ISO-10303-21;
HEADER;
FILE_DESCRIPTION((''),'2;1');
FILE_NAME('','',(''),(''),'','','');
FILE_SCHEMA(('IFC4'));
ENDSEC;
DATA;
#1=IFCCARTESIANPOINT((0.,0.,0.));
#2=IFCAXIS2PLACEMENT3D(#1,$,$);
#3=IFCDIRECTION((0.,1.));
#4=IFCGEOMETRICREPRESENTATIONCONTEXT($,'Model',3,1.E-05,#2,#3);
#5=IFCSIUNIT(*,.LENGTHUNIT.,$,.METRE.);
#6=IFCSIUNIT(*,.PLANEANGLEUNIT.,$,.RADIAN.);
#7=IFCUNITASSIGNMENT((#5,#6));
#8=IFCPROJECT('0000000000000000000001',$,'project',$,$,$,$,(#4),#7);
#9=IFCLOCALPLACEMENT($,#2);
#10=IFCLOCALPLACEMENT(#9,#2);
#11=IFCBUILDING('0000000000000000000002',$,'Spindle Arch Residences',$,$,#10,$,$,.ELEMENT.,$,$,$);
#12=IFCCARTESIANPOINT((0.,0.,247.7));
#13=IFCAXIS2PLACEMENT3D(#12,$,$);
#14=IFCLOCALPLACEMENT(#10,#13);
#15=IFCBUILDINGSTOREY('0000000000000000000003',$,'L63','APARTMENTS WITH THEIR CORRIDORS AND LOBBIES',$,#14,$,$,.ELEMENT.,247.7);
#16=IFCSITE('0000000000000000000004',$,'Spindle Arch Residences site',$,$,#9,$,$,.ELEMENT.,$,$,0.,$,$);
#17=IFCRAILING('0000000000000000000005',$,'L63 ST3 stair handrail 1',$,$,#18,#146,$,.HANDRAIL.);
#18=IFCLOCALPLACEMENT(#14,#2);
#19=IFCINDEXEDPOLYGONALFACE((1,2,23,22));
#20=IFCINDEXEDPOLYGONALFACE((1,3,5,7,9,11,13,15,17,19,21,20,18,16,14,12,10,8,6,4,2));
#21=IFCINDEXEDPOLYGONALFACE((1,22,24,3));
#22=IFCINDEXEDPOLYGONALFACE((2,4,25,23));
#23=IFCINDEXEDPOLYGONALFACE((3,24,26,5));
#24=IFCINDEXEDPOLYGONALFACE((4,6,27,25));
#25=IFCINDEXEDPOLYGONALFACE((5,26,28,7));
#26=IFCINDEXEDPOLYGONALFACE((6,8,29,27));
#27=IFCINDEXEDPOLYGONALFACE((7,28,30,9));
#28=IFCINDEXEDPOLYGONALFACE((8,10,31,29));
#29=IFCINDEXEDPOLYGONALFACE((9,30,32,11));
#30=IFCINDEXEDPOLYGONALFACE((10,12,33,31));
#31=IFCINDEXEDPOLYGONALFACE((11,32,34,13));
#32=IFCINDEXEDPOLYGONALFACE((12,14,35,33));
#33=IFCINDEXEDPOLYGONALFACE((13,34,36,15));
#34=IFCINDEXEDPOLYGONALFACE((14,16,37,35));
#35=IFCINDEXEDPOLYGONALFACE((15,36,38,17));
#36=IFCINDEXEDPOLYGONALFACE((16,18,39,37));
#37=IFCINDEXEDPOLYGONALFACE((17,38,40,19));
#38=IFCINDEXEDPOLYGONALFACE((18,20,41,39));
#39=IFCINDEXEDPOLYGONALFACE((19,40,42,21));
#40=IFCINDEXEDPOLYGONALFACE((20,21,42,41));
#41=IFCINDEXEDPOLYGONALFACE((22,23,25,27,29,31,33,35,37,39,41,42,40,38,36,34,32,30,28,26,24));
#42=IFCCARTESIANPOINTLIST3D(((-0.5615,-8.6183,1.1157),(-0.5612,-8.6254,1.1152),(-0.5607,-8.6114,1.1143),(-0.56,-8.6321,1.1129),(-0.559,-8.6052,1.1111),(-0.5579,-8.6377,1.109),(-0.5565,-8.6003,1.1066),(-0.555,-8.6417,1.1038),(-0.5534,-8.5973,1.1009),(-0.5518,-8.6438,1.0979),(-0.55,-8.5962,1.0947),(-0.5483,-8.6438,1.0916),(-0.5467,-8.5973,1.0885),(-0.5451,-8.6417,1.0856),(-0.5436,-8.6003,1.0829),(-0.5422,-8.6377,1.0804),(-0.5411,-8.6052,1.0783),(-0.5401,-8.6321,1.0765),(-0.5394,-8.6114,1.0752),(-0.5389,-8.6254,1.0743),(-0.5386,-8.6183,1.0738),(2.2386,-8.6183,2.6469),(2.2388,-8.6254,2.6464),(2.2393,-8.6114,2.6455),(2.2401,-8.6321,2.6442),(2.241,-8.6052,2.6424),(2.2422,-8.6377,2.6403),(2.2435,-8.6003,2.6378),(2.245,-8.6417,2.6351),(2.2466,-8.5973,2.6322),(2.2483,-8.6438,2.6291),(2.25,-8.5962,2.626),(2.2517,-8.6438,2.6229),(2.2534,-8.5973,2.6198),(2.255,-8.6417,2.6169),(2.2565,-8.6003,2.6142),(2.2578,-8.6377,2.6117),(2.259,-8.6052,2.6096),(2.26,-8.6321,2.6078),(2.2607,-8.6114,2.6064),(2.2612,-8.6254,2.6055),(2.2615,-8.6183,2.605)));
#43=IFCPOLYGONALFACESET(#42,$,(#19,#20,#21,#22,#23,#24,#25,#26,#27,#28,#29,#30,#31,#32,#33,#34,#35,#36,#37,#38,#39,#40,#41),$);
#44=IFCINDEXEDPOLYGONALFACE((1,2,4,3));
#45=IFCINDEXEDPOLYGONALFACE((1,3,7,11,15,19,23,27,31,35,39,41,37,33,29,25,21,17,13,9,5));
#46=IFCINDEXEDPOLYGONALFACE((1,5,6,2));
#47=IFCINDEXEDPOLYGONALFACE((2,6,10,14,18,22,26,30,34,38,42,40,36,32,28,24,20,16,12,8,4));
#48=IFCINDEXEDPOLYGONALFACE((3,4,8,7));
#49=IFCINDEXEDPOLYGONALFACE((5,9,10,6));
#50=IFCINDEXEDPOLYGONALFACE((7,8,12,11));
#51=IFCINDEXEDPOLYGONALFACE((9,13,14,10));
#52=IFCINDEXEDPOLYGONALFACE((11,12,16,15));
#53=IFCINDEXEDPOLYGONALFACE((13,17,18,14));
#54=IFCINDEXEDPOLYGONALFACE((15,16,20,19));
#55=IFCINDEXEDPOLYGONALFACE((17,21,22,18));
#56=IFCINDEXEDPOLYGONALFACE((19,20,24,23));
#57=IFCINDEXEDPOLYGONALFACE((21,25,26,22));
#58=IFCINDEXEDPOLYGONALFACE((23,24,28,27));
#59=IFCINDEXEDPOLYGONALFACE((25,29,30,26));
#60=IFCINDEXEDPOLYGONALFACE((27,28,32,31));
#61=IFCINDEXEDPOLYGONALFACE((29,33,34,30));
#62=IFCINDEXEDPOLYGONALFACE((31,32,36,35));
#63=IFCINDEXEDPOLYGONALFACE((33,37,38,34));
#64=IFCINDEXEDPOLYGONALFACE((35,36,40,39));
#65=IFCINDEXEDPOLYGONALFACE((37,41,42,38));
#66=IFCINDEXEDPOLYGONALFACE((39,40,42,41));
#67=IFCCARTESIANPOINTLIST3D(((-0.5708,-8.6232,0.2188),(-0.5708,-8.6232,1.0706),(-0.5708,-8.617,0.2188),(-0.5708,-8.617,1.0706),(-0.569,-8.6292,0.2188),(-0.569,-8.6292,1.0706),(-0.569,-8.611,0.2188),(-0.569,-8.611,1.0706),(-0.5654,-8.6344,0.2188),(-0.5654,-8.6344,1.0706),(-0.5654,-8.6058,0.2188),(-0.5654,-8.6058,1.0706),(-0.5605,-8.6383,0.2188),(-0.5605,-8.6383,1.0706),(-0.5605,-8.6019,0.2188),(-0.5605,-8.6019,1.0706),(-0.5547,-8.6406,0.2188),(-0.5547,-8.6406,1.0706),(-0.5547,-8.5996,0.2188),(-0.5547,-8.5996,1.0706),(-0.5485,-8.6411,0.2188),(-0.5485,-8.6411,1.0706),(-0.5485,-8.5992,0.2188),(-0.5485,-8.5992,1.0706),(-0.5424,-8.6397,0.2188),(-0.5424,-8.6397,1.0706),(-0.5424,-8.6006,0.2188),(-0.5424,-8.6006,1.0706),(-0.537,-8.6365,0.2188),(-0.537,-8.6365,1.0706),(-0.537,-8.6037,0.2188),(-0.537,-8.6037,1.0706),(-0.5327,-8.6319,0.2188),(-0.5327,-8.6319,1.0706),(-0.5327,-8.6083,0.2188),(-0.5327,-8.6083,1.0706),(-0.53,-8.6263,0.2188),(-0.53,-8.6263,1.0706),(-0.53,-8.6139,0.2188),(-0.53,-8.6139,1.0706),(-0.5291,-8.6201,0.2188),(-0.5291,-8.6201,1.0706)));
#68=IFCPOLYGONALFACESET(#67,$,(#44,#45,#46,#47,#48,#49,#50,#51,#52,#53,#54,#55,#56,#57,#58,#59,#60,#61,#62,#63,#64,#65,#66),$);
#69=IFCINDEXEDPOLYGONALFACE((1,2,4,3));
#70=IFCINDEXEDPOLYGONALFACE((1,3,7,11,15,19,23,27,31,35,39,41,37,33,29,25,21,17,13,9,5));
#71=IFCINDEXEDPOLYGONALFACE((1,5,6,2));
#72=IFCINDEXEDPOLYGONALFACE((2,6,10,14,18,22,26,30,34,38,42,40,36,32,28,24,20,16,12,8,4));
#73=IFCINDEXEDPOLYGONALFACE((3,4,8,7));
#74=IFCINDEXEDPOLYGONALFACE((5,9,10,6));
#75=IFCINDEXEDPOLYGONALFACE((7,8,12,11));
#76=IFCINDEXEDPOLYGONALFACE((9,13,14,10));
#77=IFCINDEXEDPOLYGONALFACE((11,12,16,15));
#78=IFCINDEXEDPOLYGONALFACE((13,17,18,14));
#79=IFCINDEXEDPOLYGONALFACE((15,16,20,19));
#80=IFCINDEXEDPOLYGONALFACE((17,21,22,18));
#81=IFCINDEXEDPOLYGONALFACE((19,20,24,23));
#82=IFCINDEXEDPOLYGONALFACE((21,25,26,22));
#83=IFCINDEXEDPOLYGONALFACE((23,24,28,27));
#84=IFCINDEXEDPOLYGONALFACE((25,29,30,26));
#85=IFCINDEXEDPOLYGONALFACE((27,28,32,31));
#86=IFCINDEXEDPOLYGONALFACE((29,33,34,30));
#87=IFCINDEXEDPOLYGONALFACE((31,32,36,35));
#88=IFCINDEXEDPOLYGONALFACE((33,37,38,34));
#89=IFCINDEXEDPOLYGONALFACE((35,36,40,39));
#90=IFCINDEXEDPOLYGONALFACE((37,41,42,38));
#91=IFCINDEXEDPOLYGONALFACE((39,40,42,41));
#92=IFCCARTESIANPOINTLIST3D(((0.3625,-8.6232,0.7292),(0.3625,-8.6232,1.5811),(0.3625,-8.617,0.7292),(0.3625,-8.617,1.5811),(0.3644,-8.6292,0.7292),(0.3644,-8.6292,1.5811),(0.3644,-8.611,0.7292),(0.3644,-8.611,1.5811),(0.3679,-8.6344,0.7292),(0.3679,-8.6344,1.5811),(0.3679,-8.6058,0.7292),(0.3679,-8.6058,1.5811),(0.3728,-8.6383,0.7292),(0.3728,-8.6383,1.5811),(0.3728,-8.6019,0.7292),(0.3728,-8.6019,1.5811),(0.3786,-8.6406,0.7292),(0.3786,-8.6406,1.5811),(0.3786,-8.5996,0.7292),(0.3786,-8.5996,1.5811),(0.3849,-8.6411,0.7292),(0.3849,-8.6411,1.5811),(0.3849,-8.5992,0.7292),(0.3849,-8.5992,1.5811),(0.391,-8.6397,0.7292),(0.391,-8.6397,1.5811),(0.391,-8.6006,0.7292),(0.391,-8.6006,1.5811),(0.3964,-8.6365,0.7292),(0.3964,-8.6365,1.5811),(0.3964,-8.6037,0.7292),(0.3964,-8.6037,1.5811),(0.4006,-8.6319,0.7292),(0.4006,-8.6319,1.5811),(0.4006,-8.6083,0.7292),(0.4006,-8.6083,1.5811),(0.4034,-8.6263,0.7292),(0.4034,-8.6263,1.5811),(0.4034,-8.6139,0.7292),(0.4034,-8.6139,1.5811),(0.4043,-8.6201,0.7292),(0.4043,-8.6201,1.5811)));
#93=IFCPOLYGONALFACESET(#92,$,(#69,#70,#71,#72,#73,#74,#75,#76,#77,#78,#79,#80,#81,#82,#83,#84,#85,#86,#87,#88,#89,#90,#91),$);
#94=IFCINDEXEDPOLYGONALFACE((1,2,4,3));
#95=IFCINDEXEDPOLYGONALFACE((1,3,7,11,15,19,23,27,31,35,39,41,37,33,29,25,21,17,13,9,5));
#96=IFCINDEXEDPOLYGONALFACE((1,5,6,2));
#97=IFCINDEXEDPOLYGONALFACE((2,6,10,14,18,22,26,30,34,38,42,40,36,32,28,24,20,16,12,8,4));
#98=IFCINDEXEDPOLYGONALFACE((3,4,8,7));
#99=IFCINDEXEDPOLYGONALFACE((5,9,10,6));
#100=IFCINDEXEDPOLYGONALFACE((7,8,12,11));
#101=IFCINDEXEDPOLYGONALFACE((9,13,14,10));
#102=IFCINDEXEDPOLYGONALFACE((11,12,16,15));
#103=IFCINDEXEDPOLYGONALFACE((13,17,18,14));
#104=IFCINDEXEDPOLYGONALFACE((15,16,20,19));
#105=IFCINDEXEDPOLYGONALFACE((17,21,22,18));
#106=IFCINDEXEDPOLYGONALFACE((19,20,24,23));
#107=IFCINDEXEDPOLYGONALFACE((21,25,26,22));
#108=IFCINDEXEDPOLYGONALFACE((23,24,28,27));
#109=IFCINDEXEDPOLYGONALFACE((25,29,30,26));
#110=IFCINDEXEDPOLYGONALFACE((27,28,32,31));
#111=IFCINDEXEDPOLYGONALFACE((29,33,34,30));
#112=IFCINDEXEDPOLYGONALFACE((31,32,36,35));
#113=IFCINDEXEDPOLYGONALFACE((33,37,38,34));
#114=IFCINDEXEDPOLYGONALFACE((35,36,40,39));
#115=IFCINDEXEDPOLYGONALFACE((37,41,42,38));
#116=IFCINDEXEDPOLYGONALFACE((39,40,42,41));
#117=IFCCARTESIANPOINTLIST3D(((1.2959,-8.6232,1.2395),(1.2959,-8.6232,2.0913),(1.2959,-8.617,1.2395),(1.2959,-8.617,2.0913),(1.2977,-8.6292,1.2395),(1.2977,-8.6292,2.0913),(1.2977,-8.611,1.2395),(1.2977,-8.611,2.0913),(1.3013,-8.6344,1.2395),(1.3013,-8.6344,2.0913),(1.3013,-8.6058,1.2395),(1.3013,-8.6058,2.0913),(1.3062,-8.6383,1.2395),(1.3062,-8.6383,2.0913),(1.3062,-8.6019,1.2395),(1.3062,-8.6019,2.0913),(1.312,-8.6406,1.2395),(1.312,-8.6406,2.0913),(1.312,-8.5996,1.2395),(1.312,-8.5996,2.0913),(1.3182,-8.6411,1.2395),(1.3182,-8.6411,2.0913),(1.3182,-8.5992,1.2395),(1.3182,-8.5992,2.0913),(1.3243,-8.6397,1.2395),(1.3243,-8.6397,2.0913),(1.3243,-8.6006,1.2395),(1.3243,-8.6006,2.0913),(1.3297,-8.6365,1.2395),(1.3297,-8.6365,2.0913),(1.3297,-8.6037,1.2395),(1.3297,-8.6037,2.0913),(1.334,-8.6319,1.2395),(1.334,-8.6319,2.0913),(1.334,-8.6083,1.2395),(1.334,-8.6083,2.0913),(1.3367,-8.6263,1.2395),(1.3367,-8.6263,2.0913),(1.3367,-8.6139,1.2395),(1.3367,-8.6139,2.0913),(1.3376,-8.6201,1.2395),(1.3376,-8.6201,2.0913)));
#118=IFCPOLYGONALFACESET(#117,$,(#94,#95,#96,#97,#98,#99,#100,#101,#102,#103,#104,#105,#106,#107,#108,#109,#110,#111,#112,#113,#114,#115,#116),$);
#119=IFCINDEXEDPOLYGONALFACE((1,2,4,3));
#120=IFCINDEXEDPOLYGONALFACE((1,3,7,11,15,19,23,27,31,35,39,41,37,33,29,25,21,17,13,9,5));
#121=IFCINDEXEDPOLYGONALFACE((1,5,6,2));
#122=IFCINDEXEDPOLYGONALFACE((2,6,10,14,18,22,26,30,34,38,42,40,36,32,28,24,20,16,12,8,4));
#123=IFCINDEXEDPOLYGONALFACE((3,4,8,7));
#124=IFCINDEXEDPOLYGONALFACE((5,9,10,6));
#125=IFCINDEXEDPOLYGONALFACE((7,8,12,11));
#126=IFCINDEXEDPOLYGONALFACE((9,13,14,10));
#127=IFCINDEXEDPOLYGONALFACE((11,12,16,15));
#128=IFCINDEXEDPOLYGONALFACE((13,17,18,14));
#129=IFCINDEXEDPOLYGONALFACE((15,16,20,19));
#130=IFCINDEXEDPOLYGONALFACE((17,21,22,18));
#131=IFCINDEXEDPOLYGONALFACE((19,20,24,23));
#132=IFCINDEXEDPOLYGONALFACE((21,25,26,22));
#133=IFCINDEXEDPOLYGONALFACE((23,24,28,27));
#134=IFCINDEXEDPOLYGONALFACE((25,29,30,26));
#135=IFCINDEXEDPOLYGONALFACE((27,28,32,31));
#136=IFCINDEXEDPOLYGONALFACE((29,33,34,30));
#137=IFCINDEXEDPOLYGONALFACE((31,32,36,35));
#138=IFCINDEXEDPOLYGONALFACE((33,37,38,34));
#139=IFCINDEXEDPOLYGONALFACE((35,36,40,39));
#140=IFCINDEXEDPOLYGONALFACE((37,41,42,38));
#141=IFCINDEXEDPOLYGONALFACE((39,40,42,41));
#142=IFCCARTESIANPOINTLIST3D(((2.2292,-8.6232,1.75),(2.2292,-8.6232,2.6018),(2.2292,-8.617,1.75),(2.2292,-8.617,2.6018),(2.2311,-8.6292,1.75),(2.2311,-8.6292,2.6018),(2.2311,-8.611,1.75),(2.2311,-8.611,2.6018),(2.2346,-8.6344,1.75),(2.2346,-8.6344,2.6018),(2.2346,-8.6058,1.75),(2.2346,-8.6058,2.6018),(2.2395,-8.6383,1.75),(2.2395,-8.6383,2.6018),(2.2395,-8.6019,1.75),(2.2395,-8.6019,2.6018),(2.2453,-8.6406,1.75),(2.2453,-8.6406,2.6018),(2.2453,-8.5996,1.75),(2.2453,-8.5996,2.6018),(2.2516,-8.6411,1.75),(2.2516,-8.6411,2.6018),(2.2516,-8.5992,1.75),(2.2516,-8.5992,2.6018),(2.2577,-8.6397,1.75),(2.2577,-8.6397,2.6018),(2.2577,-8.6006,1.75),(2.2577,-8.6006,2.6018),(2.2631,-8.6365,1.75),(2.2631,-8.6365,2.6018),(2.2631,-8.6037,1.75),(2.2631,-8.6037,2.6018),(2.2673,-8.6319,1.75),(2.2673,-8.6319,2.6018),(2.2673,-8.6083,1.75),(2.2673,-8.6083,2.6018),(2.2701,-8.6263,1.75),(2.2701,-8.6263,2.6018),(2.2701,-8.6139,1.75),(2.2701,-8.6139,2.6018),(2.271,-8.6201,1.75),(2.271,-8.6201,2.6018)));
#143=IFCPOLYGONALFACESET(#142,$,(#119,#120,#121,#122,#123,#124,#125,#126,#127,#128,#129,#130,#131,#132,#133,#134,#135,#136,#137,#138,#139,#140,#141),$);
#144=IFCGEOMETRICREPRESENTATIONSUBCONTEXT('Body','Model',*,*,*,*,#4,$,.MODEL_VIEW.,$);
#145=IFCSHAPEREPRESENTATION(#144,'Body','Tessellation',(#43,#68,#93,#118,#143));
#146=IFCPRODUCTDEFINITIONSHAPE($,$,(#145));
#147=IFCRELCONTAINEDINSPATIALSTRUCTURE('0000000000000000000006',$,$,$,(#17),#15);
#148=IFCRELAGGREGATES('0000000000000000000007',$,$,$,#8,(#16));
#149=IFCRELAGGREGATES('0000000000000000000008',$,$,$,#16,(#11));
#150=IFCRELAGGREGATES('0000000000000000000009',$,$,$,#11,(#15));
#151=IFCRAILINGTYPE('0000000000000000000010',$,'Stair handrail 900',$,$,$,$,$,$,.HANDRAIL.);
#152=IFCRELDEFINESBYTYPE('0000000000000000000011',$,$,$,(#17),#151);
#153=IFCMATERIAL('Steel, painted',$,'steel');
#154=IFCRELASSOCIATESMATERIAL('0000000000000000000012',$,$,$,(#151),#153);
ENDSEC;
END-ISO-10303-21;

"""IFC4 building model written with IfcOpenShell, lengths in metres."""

from ifc_helpers import new_model, si_unit, direction, frame, origin, origin_2d, place, context, subcontext, project, spatial, circle, extrude, material, type_object, element, save


model = new_model("IFC4")

# Units and contexts
model_context = context("Model", 3, precision=1e-05, world=origin(), true_north=direction((0.0, 1.0)))
body_context = subcontext(model_context, "Body", "Model", "MODEL_VIEW")
ifc_project = project(units=[si_unit("LENGTHUNIT", "METRE"), si_unit("PLANEANGLEUNIT", "RADIAN")], contexts=[model_context])

# Site, building, storey
site_placement = place(None, origin())
site = spatial("IfcSite", under=ifc_project, at=site_placement, Name="Spindle Arch Residences site", CompositionType="ELEMENT", RefElevation=0.0)
building_placement = place(site_placement, origin())
building = spatial("IfcBuilding", under=site, at=building_placement, Name="Spindle Arch Residences", CompositionType="ELEMENT")
storey_placement = place(building_placement, frame((0.0, 0.0, 247.7)))
storey = spatial("IfcBuildingStorey", under=building, at=storey_placement, Name="L63", Description="APARTMENTS WITH THEIR CORRIDORS AND LOBBIES", CompositionType="ELEMENT", Elevation=247.7)

# Railing
ifc_material_1 = material(Name="Steel, painted", Category="steel")
railing_type = type_object("IfcRailingType", Name="Stair handrail 900", PredefinedType="HANDRAIL", material=ifc_material_1)
railing_placement = place(storey_placement, frame((-0.55, -8.6201, 0.2188)))
element("IfcRailing", 1, at=railing_placement, inside=storey, type_object=railing_type, Name="L63 ST3 stair handrail 1", PredefinedType="HANDRAIL", context=body_context, shape_type="SweptSolid", body=[
    extrude(circle(Radius=0.0239, at=origin_2d()), frame((0.0, 0.0, 0.876), z_axis=(0.877375, 0.0, 0.479806), x_axis=(0.0, 1.0, 0.0)), (0.0, 0.0, 1.0), 3.1914),
    extrude(circle(Radius=0.021, at=origin_2d()), origin(), (0.0, 0.0, 1.0), 0.8518),
    extrude(circle(Radius=0.021, at=origin_2d()), frame((0.9333, 0.0, 0.5105)), (0.0, 0.0, 1.0), 0.8518),
    extrude(circle(Radius=0.021, at=origin_2d()), frame((1.8667, 0.0, 1.0208)), (0.0, 0.0, 1.0), 0.8518),
    extrude(circle(Radius=0.021, at=origin_2d()), frame((2.8, 0.0, 1.5312)), (0.0, 0.0, 1.0), 0.8518),
])

save(model, "model.ifc")
